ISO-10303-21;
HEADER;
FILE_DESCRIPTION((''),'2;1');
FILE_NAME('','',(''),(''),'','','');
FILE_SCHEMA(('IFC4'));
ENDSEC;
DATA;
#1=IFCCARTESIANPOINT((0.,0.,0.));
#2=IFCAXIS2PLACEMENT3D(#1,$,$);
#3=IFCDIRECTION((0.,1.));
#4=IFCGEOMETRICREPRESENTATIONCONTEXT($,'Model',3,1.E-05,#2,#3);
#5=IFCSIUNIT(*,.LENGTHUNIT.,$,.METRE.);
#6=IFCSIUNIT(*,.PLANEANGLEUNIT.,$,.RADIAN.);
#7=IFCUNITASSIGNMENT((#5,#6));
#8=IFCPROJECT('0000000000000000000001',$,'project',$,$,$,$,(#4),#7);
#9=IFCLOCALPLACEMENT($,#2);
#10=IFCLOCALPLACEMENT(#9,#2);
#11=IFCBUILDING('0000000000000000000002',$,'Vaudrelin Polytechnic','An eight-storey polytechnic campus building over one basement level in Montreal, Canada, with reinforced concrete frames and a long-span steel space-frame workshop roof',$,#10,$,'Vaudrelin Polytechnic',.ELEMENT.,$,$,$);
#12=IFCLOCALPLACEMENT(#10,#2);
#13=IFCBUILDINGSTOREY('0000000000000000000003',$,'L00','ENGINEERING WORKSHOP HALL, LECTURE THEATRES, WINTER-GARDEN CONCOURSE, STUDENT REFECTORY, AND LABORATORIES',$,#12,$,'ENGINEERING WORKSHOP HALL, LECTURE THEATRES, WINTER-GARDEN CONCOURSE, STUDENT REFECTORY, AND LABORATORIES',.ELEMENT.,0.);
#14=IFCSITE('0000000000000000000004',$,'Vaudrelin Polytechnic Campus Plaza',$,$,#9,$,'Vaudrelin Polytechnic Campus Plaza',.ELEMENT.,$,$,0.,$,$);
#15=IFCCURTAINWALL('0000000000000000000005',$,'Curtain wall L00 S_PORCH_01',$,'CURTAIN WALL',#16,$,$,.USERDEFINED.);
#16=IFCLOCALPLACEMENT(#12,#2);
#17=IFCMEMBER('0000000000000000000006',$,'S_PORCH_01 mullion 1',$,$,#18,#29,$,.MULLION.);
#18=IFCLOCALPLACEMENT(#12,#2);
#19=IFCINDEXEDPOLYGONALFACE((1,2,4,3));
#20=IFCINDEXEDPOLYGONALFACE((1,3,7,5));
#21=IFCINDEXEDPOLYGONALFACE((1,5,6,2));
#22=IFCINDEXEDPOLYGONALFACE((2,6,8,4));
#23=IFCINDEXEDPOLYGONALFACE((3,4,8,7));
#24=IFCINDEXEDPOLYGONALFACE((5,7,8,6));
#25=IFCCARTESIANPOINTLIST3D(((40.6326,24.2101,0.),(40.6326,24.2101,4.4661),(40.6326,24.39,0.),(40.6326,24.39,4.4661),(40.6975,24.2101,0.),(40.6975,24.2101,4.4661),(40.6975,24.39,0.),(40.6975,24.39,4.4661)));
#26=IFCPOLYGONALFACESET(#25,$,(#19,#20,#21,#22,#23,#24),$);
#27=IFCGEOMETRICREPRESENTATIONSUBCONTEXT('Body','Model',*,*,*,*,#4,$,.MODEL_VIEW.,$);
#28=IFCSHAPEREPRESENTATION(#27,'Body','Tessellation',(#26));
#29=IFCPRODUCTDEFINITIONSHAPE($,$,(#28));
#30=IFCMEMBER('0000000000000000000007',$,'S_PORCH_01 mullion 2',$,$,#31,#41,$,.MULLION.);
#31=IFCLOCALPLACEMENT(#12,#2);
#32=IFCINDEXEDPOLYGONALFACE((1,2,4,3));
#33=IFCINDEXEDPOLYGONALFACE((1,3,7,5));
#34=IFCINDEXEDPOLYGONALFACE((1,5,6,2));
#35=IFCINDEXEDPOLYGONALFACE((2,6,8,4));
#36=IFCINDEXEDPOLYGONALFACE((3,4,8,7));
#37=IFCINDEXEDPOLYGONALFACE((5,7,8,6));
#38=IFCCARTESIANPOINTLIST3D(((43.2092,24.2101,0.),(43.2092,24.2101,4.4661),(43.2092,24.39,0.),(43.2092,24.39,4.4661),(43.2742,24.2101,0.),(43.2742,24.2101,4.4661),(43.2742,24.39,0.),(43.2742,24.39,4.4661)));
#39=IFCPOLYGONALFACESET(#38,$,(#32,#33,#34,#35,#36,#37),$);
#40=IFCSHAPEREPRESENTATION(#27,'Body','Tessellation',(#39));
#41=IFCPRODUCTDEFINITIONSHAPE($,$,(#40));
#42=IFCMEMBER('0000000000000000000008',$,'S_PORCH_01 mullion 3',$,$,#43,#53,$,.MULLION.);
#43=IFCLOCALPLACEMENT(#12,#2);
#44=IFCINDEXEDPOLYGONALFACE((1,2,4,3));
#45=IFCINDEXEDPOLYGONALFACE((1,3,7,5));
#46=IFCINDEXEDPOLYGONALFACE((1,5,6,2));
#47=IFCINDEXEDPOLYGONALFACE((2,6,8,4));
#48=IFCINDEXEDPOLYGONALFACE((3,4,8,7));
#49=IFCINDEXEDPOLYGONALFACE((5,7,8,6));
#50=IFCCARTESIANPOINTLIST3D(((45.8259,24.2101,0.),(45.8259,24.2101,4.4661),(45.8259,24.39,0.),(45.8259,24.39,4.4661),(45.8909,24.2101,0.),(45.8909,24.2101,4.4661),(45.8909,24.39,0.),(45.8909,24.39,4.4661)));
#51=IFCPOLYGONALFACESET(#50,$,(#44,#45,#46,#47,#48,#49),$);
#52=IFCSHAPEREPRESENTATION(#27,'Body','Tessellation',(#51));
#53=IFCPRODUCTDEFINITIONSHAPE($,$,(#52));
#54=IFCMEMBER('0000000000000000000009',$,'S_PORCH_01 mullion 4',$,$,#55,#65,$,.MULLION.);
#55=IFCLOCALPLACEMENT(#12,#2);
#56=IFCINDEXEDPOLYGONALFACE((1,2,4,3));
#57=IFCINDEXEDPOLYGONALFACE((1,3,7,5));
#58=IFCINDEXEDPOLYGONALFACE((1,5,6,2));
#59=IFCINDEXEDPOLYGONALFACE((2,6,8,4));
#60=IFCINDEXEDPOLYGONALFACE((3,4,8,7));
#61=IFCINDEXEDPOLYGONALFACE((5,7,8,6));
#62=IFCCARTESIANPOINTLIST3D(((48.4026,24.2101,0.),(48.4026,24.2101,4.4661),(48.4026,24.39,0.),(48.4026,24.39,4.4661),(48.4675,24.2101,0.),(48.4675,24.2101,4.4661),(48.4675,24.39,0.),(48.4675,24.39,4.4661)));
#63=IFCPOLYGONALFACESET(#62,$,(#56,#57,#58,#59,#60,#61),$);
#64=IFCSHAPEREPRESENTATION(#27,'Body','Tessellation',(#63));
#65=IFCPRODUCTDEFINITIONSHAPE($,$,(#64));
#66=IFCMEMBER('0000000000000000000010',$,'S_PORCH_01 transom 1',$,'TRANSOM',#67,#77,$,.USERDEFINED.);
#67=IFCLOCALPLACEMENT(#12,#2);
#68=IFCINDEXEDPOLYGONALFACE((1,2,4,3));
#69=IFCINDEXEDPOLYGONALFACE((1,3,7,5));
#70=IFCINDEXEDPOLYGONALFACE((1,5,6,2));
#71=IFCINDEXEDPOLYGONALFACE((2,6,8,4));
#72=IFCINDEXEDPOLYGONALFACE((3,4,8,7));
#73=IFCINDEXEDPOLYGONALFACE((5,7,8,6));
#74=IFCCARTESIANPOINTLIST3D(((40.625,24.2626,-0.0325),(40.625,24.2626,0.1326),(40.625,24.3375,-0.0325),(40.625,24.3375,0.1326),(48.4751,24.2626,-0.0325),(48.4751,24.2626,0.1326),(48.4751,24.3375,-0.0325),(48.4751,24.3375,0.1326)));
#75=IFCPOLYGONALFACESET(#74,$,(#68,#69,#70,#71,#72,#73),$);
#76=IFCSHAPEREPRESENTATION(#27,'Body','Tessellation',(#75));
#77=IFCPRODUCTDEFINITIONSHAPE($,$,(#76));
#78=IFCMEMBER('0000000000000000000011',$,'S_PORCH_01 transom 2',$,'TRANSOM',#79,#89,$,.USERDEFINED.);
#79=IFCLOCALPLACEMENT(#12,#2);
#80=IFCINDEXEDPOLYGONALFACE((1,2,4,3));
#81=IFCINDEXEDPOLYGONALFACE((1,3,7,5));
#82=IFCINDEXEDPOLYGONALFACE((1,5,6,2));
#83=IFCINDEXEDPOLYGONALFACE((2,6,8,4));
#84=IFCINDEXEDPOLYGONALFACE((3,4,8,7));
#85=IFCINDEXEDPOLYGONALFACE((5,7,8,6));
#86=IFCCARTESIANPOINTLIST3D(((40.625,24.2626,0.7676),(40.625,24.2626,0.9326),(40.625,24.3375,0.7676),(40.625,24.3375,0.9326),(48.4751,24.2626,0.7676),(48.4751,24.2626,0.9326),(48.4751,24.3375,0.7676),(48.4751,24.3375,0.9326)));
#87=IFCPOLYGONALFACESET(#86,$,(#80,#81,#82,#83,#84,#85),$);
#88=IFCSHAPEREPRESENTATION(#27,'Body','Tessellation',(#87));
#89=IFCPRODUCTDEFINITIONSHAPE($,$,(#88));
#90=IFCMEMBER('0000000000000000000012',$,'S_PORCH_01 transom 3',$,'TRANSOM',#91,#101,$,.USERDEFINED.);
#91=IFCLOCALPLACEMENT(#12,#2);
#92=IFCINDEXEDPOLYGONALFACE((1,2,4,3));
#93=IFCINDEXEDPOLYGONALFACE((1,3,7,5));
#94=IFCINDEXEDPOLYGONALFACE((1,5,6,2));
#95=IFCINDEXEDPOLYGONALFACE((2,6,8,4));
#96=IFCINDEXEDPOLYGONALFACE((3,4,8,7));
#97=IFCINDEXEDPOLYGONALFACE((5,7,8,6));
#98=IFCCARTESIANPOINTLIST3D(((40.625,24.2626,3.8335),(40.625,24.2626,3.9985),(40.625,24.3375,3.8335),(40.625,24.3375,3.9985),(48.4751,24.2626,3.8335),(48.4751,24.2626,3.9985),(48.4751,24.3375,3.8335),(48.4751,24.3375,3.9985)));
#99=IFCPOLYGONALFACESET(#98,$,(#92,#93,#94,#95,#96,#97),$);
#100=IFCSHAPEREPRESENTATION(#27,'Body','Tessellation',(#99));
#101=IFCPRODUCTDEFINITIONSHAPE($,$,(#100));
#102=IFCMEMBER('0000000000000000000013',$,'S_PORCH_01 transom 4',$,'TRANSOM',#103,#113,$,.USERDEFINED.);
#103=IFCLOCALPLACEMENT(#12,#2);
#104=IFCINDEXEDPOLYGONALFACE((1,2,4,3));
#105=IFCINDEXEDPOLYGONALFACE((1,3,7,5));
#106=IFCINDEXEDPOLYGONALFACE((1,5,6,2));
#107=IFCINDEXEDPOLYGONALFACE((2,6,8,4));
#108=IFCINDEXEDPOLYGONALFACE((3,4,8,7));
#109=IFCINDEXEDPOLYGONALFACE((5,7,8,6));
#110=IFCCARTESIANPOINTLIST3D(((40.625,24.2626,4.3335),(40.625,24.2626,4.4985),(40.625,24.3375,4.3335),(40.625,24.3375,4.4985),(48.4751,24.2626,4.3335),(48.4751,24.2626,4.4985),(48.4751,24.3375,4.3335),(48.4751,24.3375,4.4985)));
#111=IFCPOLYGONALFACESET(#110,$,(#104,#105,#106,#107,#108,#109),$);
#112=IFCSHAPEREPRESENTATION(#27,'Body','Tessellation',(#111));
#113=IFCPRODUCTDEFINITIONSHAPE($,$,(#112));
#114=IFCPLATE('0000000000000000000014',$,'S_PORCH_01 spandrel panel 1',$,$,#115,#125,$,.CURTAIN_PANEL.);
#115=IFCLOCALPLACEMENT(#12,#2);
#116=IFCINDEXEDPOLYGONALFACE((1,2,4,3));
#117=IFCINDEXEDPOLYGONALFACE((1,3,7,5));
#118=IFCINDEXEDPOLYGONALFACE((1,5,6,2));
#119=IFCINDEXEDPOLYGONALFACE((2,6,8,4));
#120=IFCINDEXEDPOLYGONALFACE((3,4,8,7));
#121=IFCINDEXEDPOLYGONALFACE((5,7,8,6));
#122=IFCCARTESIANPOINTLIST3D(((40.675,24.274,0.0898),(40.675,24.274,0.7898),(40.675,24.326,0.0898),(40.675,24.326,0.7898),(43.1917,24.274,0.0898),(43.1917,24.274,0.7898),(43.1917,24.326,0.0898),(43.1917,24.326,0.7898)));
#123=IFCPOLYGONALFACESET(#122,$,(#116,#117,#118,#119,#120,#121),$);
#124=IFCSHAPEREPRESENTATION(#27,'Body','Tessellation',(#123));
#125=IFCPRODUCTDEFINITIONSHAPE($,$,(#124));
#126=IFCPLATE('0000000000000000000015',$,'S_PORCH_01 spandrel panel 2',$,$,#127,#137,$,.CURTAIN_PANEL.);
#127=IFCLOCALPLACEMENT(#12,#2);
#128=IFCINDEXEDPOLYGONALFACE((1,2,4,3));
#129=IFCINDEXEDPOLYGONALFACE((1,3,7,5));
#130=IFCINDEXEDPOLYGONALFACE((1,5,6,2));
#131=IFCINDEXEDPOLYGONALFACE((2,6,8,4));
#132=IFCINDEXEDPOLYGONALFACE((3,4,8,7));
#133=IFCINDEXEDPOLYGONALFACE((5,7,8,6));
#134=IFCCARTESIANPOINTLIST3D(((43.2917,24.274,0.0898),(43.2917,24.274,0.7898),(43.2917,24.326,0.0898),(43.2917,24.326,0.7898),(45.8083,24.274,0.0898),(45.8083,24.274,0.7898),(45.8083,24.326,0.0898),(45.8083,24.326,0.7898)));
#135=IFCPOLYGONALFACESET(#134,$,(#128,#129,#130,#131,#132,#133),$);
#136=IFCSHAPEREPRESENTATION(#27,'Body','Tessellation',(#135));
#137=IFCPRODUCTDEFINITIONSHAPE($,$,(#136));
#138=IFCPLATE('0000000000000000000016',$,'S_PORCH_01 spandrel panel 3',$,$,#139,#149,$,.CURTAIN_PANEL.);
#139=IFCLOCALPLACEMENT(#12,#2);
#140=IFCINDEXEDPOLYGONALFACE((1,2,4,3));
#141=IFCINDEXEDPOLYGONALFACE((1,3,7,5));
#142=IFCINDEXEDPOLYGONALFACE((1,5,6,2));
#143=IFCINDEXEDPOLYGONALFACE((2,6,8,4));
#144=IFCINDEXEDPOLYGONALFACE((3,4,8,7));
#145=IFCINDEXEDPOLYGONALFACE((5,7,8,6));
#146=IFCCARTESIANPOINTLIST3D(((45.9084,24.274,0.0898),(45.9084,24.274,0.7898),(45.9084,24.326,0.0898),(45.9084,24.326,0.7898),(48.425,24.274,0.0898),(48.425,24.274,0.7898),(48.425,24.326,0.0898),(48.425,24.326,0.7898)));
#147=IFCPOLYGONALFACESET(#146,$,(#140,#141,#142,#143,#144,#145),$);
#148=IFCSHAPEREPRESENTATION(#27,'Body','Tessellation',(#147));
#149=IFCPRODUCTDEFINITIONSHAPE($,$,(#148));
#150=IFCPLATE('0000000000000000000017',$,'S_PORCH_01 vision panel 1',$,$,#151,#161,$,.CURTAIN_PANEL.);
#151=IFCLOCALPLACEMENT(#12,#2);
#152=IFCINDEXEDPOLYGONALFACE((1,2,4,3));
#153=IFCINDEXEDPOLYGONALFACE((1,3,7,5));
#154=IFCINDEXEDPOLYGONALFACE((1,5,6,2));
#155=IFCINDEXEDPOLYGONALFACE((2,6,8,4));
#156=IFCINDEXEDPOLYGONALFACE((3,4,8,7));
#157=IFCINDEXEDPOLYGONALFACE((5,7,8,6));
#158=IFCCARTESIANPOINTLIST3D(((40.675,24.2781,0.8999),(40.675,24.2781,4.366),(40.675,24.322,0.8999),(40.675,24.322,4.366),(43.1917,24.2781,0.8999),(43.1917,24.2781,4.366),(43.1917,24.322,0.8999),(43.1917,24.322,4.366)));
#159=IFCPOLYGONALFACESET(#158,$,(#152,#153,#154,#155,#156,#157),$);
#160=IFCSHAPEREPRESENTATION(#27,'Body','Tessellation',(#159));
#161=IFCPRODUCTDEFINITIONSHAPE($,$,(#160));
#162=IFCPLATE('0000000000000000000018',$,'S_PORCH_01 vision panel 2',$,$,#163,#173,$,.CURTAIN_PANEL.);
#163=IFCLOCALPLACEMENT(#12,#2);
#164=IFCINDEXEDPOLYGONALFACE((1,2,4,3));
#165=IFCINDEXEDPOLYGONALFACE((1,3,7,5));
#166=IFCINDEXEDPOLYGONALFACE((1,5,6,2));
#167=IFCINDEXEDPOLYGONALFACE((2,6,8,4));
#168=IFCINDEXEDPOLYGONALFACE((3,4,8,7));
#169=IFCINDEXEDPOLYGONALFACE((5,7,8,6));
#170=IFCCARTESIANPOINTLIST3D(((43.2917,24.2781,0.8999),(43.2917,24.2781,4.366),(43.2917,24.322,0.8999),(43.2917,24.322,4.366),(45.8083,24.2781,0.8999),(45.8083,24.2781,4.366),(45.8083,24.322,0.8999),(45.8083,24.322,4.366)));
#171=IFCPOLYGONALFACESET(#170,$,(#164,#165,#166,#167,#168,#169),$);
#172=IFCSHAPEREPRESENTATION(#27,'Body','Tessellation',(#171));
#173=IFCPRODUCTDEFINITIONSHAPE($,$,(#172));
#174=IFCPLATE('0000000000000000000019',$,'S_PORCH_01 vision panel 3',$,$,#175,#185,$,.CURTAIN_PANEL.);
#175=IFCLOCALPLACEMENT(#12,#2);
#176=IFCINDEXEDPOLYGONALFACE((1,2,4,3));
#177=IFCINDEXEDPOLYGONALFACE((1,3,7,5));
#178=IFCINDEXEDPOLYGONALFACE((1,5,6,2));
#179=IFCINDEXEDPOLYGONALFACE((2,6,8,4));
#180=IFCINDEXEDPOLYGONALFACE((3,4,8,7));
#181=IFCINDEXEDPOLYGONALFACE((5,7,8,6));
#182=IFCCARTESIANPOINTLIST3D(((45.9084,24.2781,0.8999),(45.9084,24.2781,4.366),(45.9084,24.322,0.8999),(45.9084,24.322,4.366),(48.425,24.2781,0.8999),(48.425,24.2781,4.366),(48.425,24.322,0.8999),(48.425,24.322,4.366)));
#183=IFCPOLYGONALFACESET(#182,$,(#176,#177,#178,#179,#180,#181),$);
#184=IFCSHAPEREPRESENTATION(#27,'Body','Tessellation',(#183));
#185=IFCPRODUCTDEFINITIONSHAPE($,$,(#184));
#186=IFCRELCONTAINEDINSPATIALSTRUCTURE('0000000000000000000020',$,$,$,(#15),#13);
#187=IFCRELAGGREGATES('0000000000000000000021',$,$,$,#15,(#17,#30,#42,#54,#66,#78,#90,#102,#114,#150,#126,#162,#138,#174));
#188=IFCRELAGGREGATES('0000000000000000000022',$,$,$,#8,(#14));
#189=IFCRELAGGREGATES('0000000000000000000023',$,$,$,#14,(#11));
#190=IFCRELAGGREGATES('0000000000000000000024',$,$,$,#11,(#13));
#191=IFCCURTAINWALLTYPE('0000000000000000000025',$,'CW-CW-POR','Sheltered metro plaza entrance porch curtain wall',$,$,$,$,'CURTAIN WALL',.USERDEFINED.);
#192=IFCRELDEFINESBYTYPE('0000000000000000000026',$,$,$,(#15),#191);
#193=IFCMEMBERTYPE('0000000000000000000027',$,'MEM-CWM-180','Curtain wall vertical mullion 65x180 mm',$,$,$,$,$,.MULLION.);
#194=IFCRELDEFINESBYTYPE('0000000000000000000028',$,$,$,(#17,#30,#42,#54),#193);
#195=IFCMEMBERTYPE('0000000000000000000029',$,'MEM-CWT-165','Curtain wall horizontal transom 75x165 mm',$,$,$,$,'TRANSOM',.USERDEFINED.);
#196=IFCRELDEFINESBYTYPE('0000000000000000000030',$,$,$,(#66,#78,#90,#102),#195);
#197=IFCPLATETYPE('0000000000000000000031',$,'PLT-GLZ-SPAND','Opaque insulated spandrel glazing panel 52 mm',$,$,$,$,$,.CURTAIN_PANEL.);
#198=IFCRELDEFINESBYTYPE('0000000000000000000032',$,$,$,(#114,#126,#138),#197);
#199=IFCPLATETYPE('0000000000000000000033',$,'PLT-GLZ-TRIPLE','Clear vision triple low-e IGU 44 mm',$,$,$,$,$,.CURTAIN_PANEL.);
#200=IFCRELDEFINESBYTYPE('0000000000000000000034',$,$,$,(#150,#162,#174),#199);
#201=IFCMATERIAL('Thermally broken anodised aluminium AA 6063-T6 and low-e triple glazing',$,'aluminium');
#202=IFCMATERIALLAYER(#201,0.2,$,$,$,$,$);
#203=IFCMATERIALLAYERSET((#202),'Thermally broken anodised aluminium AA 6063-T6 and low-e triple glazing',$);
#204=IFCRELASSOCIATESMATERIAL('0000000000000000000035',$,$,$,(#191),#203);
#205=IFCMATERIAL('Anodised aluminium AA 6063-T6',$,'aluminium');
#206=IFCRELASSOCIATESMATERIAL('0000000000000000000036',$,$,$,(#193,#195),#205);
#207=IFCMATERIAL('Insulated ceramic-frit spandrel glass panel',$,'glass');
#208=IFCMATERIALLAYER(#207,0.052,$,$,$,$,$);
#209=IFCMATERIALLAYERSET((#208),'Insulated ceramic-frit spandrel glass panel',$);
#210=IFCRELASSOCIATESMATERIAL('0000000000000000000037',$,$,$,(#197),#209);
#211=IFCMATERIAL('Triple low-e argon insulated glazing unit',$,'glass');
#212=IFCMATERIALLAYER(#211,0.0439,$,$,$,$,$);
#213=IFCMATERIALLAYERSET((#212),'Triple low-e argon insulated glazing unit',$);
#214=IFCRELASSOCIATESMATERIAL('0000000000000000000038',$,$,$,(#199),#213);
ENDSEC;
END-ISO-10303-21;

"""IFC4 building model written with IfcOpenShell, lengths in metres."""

from ifc_helpers import new_model, si_unit, direction, frame, origin, origin_2d, place, context, subcontext, project, spatial, rectangle, extrude, material, layer, layer_set, material_profile, profile_set, type_object, element, aggregate, save


model = new_model("IFC4")

# Units and contexts
model_context = context("Model", 3, precision=1e-05, world=origin(), true_north=direction((0.0, 1.0)))
body_context = subcontext(model_context, "Body", "Model", "MODEL_VIEW")
ifc_project = project(units=[si_unit("LENGTHUNIT", "METRE"), si_unit("PLANEANGLEUNIT", "RADIAN")], contexts=[model_context])

# Site, building, storey
site_placement = place(None, origin())
site = spatial("IfcSite", under=ifc_project, at=site_placement, Name="Vaudrelin Polytechnic Campus Plaza", LongName="Vaudrelin Polytechnic Campus Plaza", CompositionType="ELEMENT", RefElevation=0.0)
building_placement = place(site_placement, origin())
building = spatial("IfcBuilding", under=site, at=building_placement, Name="Vaudrelin Polytechnic", Description="An eight-storey polytechnic campus building over one basement level in Montreal, Canada, with reinforced concrete frames and a long-span steel space-frame workshop roof", LongName="Vaudrelin Polytechnic", CompositionType="ELEMENT")
storey_placement = place(building_placement, origin())
storey = spatial("IfcBuildingStorey", under=building, at=storey_placement, Name="L00", Description="ENGINEERING WORKSHOP HALL, LECTURE THEATRES, WINTER-GARDEN CONCOURSE, STUDENT REFECTORY, AND LABORATORIES", LongName="ENGINEERING WORKSHOP HALL, LECTURE THEATRES, WINTER-GARDEN CONCOURSE, STUDENT REFECTORY, AND LABORATORIES", CompositionType="ELEMENT", Elevation=0.0)

# Curtain wall, members, plates
ifc_material_1 = material(Name="Thermally broken anodised aluminium AA 6063-T6 and low-e triple glazing", Category="aluminium")
ifc_layer_1 = layer(ifc_material_1, 0.2)
ifc_layer_set_1 = layer_set([ifc_layer_1], Name="Thermally broken anodised aluminium AA 6063-T6 and low-e triple glazing")
curtain_wall_type = type_object("IfcCurtainWallType", Name="CW-CW-POR", Description="Sheltered metro plaza entrance porch curtain wall", ElementType="CURTAIN WALL", PredefinedType="USERDEFINED", material=ifc_layer_set_1)
curtain_wall_placement = place(storey_placement, origin())
curtain_wall = element("IfcCurtainWall", 1, at=curtain_wall_placement, inside=storey, type_object=curtain_wall_type, Name="Curtain wall L00 S_PORCH_01", ObjectType="CURTAIN WALL", PredefinedType="USERDEFINED")
ifc_material_2 = material(Name="Anodised aluminium AA 6063-T6", Category="aluminium")
ifc_material_profile_1 = material_profile(ifc_material_2, rectangle(XDim=0.0649, YDim=0.1799, at=origin_2d()), Name="CWM-65x180")
ifc_profile_set_1 = profile_set([ifc_material_profile_1], Name="Anodised aluminium AA 6063-T6")
member_type_1 = type_object("IfcMemberType", Name="MEM-CWM-180", Description="Curtain wall vertical mullion 65x180 mm", PredefinedType="MULLION", material=ifc_profile_set_1)
member_1_placement = place(storey_placement, frame((40.665, 24.3, 0.0), z_axis=(0.0, 0.0, 1.0), x_axis=(1.0, 0.0, 0.0)))
member_1 = element("IfcMember", 2, at=member_1_placement, type_object=member_type_1, Name="S_PORCH_01 mullion 1", PredefinedType="MULLION", context=body_context, shape_type="SweptSolid", body=[
    extrude(rectangle(XDim=0.0649, YDim=0.1799, at=origin_2d()), origin(), (0.0, 0.0, 1.0), 4.4661),
])
member_2_placement = place(storey_placement, frame((43.2417, 24.3, 0.0), z_axis=(0.0, 0.0, 1.0), x_axis=(1.0, 0.0, 0.0)))
member_2 = element("IfcMember", 3, at=member_2_placement, type_object=member_type_1, Name="S_PORCH_01 mullion 2", PredefinedType="MULLION", context=body_context, shape_type="SweptSolid", body=[
    extrude(rectangle(XDim=0.0649, YDim=0.1799, at=origin_2d()), origin(), (0.0, 0.0, 1.0), 4.4661),
])
member_3_placement = place(storey_placement, frame((45.8584, 24.3, 0.0), z_axis=(0.0, 0.0, 1.0), x_axis=(1.0, 0.0, 0.0)))
member_3 = element("IfcMember", 4, at=member_3_placement, type_object=member_type_1, Name="S_PORCH_01 mullion 3", PredefinedType="MULLION", context=body_context, shape_type="SweptSolid", body=[
    extrude(rectangle(XDim=0.0649, YDim=0.1799, at=origin_2d()), origin(), (0.0, 0.0, 1.0), 4.4661),
])
member_4_placement = place(storey_placement, frame((48.4351, 24.3, 0.0), z_axis=(0.0, 0.0, 1.0), x_axis=(1.0, 0.0, 0.0)))
member_4 = element("IfcMember", 5, at=member_4_placement, type_object=member_type_1, Name="S_PORCH_01 mullion 4", PredefinedType="MULLION", context=body_context, shape_type="SweptSolid", body=[
    extrude(rectangle(XDim=0.0649, YDim=0.1799, at=origin_2d()), origin(), (0.0, 0.0, 1.0), 4.4661),
])
ifc_material_profile_2 = material_profile(ifc_material_2, rectangle(XDim=0.075, YDim=0.165, at=origin_2d()), Name="CWT-75x165")
ifc_profile_set_2 = profile_set([ifc_material_profile_2], Name="Anodised aluminium AA 6063-T6")
member_type_2 = type_object("IfcMemberType", Name="MEM-CWT-165", Description="Curtain wall horizontal transom 75x165 mm", ElementType="TRANSOM", PredefinedType="USERDEFINED", material=ifc_profile_set_2)
member_5_placement = place(storey_placement, frame((40.625, 24.3, 0.05), z_axis=(1.0, 0.0, 0.0), x_axis=(0.0, 1.0, 0.0)))
member_5 = element("IfcMember", 6, at=member_5_placement, type_object=member_type_2, Name="S_PORCH_01 transom 1", ObjectType="TRANSOM", PredefinedType="USERDEFINED", context=body_context, shape_type="SweptSolid", body=[
    extrude(rectangle(XDim=0.075, YDim=0.165, at=origin_2d()), origin(), (0.0, 0.0, 1.0), 7.8501),
])
member_6_placement = place(storey_placement, frame((40.625, 24.3, 0.8501), z_axis=(1.0, 0.0, 0.0), x_axis=(0.0, 1.0, 0.0)))
member_6 = element("IfcMember", 7, at=member_6_placement, type_object=member_type_2, Name="S_PORCH_01 transom 2", ObjectType="TRANSOM", PredefinedType="USERDEFINED", context=body_context, shape_type="SweptSolid", body=[
    extrude(rectangle(XDim=0.075, YDim=0.165, at=origin_2d()), origin(), (0.0, 0.0, 1.0), 7.8501),
])
member_7_placement = place(storey_placement, frame((40.625, 24.3, 3.916), z_axis=(1.0, 0.0, 0.0), x_axis=(0.0, 1.0, 0.0)))
member_7 = element("IfcMember", 8, at=member_7_placement, type_object=member_type_2, Name="S_PORCH_01 transom 3", ObjectType="TRANSOM", PredefinedType="USERDEFINED", context=body_context, shape_type="SweptSolid", body=[
    extrude(rectangle(XDim=0.075, YDim=0.165, at=origin_2d()), origin(), (0.0, 0.0, 1.0), 7.8501),
])
member_8_placement = place(storey_placement, frame((40.625, 24.3, 4.416), z_axis=(1.0, 0.0, 0.0), x_axis=(0.0, 1.0, 0.0)))
member_8 = element("IfcMember", 9, at=member_8_placement, type_object=member_type_2, Name="S_PORCH_01 transom 4", ObjectType="TRANSOM", PredefinedType="USERDEFINED", context=body_context, shape_type="SweptSolid", body=[
    extrude(rectangle(XDim=0.075, YDim=0.165, at=origin_2d()), origin(), (0.0, 0.0, 1.0), 7.8501),
])
ifc_material_3 = material(Name="Insulated ceramic-frit spandrel glass panel", Category="glass")
ifc_layer_2 = layer(ifc_material_3, 0.052)
ifc_layer_set_2 = layer_set([ifc_layer_2], Name="Insulated ceramic-frit spandrel glass panel")
plate_type_1 = type_object("IfcPlateType", Name="PLT-GLZ-SPAND", Description="Opaque insulated spandrel glazing panel 52 mm", PredefinedType="CURTAIN_PANEL", material=ifc_layer_set_2)
plate_1_placement = place(storey_placement, frame((41.9333, 24.3, 0.0898), z_axis=(0.0, 0.0, 1.0), x_axis=(1.0, 0.0, 0.0)))
plate_1 = element("IfcPlate", 10, at=plate_1_placement, type_object=plate_type_1, Name="S_PORCH_01 spandrel panel 1", PredefinedType="CURTAIN_PANEL", context=body_context, shape_type="SweptSolid", body=[
    extrude(rectangle(XDim=2.5166, YDim=0.052, at=origin_2d()), origin(), (0.0, 0.0, 1.0), 0.7),
])
plate_2_placement = place(storey_placement, frame((44.55, 24.3, 0.0898), z_axis=(0.0, 0.0, 1.0), x_axis=(1.0, 0.0, 0.0)))
plate_2 = element("IfcPlate", 11, at=plate_2_placement, type_object=plate_type_1, Name="S_PORCH_01 spandrel panel 2", PredefinedType="CURTAIN_PANEL", context=body_context, shape_type="SweptSolid", body=[
    extrude(rectangle(XDim=2.5166, YDim=0.052, at=origin_2d()), origin(), (0.0, 0.0, 1.0), 0.7),
])
plate_3_placement = place(storey_placement, frame((47.1667, 24.3, 0.0898), z_axis=(0.0, 0.0, 1.0), x_axis=(1.0, 0.0, 0.0)))
plate_3 = element("IfcPlate", 12, at=plate_3_placement, type_object=plate_type_1, Name="S_PORCH_01 spandrel panel 3", PredefinedType="CURTAIN_PANEL", context=body_context, shape_type="SweptSolid", body=[
    extrude(rectangle(XDim=2.5166, YDim=0.052, at=origin_2d()), origin(), (0.0, 0.0, 1.0), 0.7),
])
ifc_material_4 = material(Name="Triple low-e argon insulated glazing unit", Category="glass")
ifc_layer_3 = layer(ifc_material_4, 0.0439)
ifc_layer_set_3 = layer_set([ifc_layer_3], Name="Triple low-e argon insulated glazing unit")
plate_type_2 = type_object("IfcPlateType", Name="PLT-GLZ-TRIPLE", Description="Clear vision triple low-e IGU 44 mm", PredefinedType="CURTAIN_PANEL", material=ifc_layer_set_3)
plate_4_placement = place(storey_placement, frame((41.9333, 24.3, 0.8999), z_axis=(0.0, 0.0, 1.0), x_axis=(1.0, 0.0, 0.0)))
plate_4 = element("IfcPlate", 13, at=plate_4_placement, type_object=plate_type_2, Name="S_PORCH_01 vision panel 1", PredefinedType="CURTAIN_PANEL", context=body_context, shape_type="SweptSolid", body=[
    extrude(rectangle(XDim=2.5166, YDim=0.0439, at=origin_2d()), origin(), (0.0, 0.0, 1.0), 3.4661),
])
plate_5_placement = place(storey_placement, frame((44.55, 24.3, 0.8999), z_axis=(0.0, 0.0, 1.0), x_axis=(1.0, 0.0, 0.0)))
plate_5 = element("IfcPlate", 14, at=plate_5_placement, type_object=plate_type_2, Name="S_PORCH_01 vision panel 2", PredefinedType="CURTAIN_PANEL", context=body_context, shape_type="SweptSolid", body=[
    extrude(rectangle(XDim=2.5166, YDim=0.0439, at=origin_2d()), origin(), (0.0, 0.0, 1.0), 3.4661),
])
plate_6_placement = place(storey_placement, frame((47.1667, 24.3, 0.8999), z_axis=(0.0, 0.0, 1.0), x_axis=(1.0, 0.0, 0.0)))
plate_6 = element("IfcPlate", 15, at=plate_6_placement, type_object=plate_type_2, Name="S_PORCH_01 vision panel 3", PredefinedType="CURTAIN_PANEL", context=body_context, shape_type="SweptSolid", body=[
    extrude(rectangle(XDim=2.5166, YDim=0.0439, at=origin_2d()), origin(), (0.0, 0.0, 1.0), 3.4661),
])
aggregate(curtain_wall, [member_1, member_2, member_3, member_4, member_5, member_6, member_7, member_8, plate_1, plate_4, plate_2, plate_5, plate_3, plate_6])

save(model, "model.ifc")
